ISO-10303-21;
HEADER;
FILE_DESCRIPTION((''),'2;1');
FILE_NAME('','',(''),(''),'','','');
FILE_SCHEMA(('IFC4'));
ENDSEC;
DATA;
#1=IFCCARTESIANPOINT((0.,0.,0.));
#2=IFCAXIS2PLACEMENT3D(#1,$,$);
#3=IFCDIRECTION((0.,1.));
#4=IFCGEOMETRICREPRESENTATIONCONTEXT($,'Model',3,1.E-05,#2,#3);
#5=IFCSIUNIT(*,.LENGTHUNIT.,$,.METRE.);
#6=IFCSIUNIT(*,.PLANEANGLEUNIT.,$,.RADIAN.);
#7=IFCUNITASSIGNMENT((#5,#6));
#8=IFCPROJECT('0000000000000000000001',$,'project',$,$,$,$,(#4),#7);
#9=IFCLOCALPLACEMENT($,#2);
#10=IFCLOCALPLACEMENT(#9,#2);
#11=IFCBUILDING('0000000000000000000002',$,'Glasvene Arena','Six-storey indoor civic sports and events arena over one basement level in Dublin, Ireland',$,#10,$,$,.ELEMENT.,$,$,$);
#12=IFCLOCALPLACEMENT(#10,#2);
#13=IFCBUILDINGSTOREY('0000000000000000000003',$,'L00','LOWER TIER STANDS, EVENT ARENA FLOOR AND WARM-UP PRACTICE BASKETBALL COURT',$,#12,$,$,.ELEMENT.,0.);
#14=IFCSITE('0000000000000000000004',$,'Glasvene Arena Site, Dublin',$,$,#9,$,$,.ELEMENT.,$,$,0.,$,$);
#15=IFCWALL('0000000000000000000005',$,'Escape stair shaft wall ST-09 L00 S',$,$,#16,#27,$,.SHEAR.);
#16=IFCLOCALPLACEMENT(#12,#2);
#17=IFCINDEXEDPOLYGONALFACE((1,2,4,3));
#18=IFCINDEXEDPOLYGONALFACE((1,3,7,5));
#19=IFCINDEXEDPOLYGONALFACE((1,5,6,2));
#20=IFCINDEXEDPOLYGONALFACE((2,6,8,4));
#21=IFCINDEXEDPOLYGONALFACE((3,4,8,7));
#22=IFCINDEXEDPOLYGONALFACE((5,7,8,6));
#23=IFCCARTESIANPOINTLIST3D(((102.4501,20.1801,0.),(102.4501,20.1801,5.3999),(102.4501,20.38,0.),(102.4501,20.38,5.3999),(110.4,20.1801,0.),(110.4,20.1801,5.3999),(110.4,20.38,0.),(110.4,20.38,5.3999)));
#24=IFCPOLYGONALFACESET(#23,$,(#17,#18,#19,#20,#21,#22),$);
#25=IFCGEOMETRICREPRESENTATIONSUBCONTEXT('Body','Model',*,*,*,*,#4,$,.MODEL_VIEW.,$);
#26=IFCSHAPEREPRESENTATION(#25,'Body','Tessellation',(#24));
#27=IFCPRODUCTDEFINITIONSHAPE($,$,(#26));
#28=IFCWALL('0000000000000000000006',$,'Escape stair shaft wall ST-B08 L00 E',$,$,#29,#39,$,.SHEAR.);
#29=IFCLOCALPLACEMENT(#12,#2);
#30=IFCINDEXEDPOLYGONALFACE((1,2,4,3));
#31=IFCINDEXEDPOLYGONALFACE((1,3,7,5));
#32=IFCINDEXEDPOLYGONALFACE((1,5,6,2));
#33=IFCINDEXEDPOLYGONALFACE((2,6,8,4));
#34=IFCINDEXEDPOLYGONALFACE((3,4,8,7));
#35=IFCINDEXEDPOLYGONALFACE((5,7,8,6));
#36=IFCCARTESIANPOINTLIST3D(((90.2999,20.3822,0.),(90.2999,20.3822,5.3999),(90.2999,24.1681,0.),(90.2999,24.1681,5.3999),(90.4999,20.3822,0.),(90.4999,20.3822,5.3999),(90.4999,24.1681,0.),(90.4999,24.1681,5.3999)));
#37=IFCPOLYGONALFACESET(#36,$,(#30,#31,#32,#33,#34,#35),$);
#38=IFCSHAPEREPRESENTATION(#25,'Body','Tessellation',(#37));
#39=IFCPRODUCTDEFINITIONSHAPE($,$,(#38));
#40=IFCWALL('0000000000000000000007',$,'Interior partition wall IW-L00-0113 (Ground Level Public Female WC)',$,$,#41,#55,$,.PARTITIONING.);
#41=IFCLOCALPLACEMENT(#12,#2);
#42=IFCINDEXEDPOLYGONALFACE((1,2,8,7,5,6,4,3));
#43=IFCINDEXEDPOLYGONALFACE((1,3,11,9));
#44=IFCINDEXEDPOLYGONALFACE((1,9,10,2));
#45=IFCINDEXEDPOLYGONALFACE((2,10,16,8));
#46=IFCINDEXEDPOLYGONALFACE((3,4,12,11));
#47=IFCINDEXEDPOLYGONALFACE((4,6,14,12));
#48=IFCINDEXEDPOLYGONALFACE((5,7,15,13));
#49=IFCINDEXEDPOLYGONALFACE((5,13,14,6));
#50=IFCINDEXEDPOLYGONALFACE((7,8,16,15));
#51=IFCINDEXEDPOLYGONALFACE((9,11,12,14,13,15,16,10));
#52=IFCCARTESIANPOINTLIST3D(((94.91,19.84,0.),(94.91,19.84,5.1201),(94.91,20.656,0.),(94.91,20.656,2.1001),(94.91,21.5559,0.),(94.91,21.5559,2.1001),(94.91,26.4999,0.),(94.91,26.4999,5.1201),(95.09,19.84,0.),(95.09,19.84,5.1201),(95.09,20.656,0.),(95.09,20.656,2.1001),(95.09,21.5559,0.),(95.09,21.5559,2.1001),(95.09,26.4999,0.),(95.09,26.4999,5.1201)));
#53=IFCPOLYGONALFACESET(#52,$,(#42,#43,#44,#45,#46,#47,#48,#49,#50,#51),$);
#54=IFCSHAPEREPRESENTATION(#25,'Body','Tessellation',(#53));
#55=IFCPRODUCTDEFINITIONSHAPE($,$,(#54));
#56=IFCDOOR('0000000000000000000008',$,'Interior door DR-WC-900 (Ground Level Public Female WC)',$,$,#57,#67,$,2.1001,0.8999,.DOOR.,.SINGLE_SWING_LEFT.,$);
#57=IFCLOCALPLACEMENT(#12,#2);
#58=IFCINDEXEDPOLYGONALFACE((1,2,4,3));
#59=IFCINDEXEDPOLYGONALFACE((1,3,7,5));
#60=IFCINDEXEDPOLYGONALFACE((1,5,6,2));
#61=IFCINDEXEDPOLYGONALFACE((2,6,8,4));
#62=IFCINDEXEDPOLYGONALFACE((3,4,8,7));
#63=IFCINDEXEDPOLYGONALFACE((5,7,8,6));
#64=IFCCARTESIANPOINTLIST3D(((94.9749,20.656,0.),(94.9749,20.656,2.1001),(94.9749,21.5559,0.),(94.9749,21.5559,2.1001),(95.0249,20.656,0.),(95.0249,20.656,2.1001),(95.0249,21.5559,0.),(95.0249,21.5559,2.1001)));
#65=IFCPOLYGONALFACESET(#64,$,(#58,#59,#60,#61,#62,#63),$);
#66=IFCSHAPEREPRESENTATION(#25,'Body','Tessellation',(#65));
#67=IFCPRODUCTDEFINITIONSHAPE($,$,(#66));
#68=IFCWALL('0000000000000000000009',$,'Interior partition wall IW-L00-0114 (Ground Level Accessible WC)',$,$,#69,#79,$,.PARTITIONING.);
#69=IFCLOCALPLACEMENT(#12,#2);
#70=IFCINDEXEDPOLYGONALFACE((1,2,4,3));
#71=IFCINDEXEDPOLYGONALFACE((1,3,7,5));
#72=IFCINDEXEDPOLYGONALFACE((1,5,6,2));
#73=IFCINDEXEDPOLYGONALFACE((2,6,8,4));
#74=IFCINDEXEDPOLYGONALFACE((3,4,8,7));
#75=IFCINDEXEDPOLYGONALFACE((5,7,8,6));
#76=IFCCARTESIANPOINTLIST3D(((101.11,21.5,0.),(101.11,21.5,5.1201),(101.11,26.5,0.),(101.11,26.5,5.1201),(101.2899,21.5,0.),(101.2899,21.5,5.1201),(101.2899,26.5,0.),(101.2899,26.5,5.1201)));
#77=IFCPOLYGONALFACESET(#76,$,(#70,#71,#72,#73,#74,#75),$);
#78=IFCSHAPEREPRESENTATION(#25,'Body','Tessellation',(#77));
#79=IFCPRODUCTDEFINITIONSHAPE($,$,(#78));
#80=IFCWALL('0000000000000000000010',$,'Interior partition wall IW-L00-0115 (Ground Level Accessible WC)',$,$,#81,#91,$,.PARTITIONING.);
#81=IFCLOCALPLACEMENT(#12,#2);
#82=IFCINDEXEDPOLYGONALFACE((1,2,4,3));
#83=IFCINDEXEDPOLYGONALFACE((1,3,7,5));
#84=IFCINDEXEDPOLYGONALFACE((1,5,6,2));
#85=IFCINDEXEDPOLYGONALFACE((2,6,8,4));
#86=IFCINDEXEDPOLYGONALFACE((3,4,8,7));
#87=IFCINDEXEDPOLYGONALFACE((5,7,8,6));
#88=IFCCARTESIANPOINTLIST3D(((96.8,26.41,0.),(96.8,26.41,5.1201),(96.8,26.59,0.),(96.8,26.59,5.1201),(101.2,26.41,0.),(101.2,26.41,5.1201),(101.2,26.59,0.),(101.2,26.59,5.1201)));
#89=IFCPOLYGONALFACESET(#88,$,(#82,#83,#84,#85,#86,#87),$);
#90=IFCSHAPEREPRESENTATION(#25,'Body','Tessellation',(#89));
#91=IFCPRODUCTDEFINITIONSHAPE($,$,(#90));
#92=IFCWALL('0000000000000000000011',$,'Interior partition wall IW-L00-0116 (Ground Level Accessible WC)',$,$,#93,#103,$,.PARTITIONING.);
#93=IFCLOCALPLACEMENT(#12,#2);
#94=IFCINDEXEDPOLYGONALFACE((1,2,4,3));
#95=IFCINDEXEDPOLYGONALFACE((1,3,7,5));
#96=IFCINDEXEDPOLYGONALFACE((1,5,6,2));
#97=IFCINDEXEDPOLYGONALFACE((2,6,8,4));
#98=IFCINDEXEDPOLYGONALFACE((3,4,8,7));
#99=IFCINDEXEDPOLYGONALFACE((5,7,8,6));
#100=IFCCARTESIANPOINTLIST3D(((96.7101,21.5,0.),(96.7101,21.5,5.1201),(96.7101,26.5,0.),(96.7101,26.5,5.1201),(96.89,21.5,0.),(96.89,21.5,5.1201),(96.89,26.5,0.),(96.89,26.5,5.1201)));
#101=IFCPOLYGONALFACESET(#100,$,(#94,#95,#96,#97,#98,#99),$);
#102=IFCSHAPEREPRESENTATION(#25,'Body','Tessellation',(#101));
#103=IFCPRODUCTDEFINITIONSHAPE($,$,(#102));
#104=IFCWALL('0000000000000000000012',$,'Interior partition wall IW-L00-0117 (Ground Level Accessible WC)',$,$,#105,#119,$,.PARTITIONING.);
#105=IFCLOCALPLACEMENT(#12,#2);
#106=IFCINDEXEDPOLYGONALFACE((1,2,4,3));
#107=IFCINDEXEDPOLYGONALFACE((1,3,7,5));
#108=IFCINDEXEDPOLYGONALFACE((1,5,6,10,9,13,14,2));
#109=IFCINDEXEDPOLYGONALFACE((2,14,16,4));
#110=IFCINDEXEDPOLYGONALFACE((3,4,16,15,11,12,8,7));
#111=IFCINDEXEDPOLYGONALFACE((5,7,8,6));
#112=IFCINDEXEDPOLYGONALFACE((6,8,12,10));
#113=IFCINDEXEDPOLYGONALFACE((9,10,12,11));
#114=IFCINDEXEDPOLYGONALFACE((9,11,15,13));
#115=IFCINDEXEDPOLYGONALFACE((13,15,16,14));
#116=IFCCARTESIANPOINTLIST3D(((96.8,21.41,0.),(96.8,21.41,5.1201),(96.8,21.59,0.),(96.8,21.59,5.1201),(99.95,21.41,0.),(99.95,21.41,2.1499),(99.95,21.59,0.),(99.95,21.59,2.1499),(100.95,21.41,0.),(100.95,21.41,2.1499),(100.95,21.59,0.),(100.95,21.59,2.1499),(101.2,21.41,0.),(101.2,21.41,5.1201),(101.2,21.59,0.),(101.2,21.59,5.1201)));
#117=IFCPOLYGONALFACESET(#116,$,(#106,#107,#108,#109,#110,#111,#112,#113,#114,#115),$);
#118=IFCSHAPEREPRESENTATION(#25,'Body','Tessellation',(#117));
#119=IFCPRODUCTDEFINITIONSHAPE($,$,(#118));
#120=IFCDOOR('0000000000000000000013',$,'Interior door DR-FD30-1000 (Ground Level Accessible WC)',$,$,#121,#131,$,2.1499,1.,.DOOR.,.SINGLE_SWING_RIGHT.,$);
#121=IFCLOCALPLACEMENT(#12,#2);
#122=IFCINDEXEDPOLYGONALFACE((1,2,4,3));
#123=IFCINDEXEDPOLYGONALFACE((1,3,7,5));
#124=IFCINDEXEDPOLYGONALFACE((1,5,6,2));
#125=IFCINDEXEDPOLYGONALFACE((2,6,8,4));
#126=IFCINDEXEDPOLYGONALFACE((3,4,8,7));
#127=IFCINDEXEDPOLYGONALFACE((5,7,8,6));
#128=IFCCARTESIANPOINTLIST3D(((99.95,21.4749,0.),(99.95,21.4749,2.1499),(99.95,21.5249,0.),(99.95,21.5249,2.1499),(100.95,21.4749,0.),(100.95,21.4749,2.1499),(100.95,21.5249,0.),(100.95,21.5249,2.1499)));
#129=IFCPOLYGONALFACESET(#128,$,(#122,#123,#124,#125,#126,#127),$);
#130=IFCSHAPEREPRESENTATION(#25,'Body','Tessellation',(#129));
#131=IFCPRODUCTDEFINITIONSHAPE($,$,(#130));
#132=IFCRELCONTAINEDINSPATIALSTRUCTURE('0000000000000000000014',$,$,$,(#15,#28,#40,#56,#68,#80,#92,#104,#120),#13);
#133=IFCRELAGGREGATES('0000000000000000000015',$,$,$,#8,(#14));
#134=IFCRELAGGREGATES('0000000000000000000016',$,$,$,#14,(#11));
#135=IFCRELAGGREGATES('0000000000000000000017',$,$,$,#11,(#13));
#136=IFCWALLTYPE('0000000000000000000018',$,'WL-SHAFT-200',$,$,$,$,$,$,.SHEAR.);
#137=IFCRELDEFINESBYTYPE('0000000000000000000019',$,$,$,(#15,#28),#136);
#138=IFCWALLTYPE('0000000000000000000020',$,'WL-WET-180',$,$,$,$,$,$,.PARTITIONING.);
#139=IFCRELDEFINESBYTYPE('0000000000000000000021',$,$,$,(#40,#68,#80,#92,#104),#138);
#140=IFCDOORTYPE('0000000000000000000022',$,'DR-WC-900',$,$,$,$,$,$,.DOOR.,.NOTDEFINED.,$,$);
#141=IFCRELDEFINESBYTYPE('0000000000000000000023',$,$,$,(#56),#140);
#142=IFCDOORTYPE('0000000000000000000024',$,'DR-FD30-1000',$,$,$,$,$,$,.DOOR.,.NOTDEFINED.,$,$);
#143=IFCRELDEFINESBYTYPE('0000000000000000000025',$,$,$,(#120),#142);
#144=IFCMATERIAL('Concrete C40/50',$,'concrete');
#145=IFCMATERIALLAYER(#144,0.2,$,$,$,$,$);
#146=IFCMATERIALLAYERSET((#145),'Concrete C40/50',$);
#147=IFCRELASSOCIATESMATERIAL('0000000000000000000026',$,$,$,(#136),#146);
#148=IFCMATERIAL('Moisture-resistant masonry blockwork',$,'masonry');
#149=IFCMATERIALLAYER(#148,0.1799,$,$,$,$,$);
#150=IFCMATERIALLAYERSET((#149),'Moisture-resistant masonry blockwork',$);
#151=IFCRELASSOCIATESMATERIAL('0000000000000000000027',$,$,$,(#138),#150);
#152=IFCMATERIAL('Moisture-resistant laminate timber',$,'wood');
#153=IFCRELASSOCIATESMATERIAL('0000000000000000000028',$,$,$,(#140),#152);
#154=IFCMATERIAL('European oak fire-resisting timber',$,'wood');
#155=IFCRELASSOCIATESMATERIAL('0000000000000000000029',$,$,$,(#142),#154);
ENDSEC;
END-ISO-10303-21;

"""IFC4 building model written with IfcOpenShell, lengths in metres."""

from ifc_helpers import new_model, si_unit, direction, frame, frame_2d, origin, place, context, subcontext, project, spatial, rectangle, extrude, material, layer, layer_set, type_object, element, fill, save


model = new_model("IFC4")

# Units and contexts
model_context = context("Model", 3, precision=1e-05, world=origin(), true_north=direction((0.0, 1.0)))
body_context = subcontext(model_context, "Body", "Model", "MODEL_VIEW")
ifc_project = project(units=[si_unit("LENGTHUNIT", "METRE"), si_unit("PLANEANGLEUNIT", "RADIAN")], contexts=[model_context])

# Site, building, storey
site_placement = place(None, origin())
site = spatial("IfcSite", under=ifc_project, at=site_placement, Name="Glasvene Arena Site, Dublin", CompositionType="ELEMENT", RefElevation=0.0)
building_placement = place(site_placement, origin())
building = spatial("IfcBuilding", under=site, at=building_placement, Name="Glasvene Arena", Description="Six-storey indoor civic sports and events arena over one basement level in Dublin, Ireland", CompositionType="ELEMENT")
storey_placement = place(building_placement, origin())
storey = spatial("IfcBuildingStorey", under=building, at=storey_placement, Name="L00", Description="LOWER TIER STANDS, EVENT ARENA FLOOR AND WARM-UP PRACTICE BASKETBALL COURT", CompositionType="ELEMENT", Elevation=0.0)

# Shared definitions
ifc_material_1 = material(Name="Concrete C40/50", Category="concrete")

# Walls
ifc_layer_1 = layer(ifc_material_1, 0.2)
ifc_layer_set_1 = layer_set([ifc_layer_1], Name="Concrete C40/50")
wall_type_1 = type_object("IfcWallType", Name="WL-SHAFT-200", PredefinedType="SHEAR", material=ifc_layer_set_1)
wall_1_placement = place(storey_placement, frame((102.45, 20.28, 0.0), z_axis=(0.0, 0.0, 1.0), x_axis=(1.0, 0.0, 0.0)))
element("IfcWall", 1, at=wall_1_placement, inside=storey, type_object=wall_type_1, Name="Escape stair shaft wall ST-09 L00 S", PredefinedType="SHEAR", context=body_context, shape_type="SweptSolid", body=[
    extrude(rectangle(XDim=7.95, YDim=0.2, at=frame_2d((3.9751, 0.0))), origin(), (0.0, 0.0, 1.0), 5.3999),
])
wall_2_placement = place(storey_placement, frame((90.3999, 20.3821, 0.0), z_axis=(0.0, 0.0, 1.0), x_axis=(0.0, 1.0, 0.0)))
element("IfcWall", 2, at=wall_2_placement, inside=storey, type_object=wall_type_1, Name="Escape stair shaft wall ST-B08 L00 E", PredefinedType="SHEAR", context=body_context, shape_type="SweptSolid", body=[
    extrude(rectangle(XDim=3.7859, YDim=0.2, at=frame_2d((1.8931, 0.0))), origin(), (0.0, 0.0, 1.0), 5.3999),
])

# Wall, opening, door
ifc_material_2 = material(Name="Moisture-resistant masonry blockwork", Category="masonry")
ifc_layer_2 = layer(ifc_material_2, 0.1799)
ifc_layer_set_2 = layer_set([ifc_layer_2], Name="Moisture-resistant masonry blockwork")
wall_type_2 = type_object("IfcWallType", Name="WL-WET-180", PredefinedType="PARTITIONING", material=ifc_layer_set_2)
wall_3_placement = place(storey_placement, frame((95.0, 26.5, 0.0), z_axis=(0.0, 0.0, 1.0), x_axis=(0.0, -1.0, 0.0)))
wall_3 = element("IfcWall", 3, at=wall_3_placement, inside=storey, type_object=wall_type_2, Name="Interior partition wall IW-L00-0113 (Ground Level Public Female WC)", PredefinedType="PARTITIONING", context=body_context, shape_type="SweptSolid", body=[
    extrude(rectangle(XDim=6.6599, YDim=0.1799, at=frame_2d((3.3301, 0.0))), origin(), (0.0, 0.0, 1.0), 5.1201),
])
opening_1_placement = place(wall_3_placement, frame((4.9441, 0.0, 0.0)))
opening_1 = element("IfcOpeningElement", 4, at=opening_1_placement, cuts=wall_3, PredefinedType="OPENING", context=body_context, shape_type="SweptSolid", body=[
    extrude(rectangle(XDim=0.8999, YDim=2.1001, at=frame_2d((0.45, 1.05))), frame((0.0, 0.1001, 0.0), z_axis=(0.0, -1.0, 0.0), x_axis=(1.0, 0.0, 0.0)), (0.0, 0.0, 1.0), 0.2),
])
ifc_material_3 = material(Name="Moisture-resistant laminate timber", Category="wood")
door_type_1 = type_object("IfcDoorType", Name="DR-WC-900", OperationType="NOTDEFINED", PredefinedType="DOOR", material=ifc_material_3)
door_1_placement = place(opening_1_placement, origin())
door_1 = element("IfcDoor", 5, at=door_1_placement, inside=storey, type_object=door_type_1, Name="Interior door DR-WC-900 (Ground Level Public Female WC)", OperationType="SINGLE_SWING_LEFT", OverallHeight=2.1001, OverallWidth=0.8999, PredefinedType="DOOR", context=body_context, shape_type="SweptSolid", body=[
    extrude(rectangle(XDim=0.8999, YDim=2.1001, at=frame_2d((0.45, 1.05))), frame((0.0, 0.0249, 0.0), z_axis=(0.0, -1.0, 0.0), x_axis=(1.0, 0.0, 0.0)), (0.0, 0.0, 1.0), 0.05),
])
fill(opening_1, door_1)

# Walls
wall_4_placement = place(storey_placement, frame((101.2, 21.5, 0.0), z_axis=(0.0, 0.0, 1.0), x_axis=(0.0, 1.0, 0.0)))
element("IfcWall", 6, at=wall_4_placement, inside=storey, type_object=wall_type_2, Name="Interior partition wall IW-L00-0114 (Ground Level Accessible WC)", PredefinedType="PARTITIONING", context=body_context, shape_type="SweptSolid", body=[
    extrude(rectangle(XDim=5.0, YDim=0.1799, at=frame_2d((2.5, 0.0))), origin(), (0.0, 0.0, 1.0), 5.1201),
])
wall_5_placement = place(storey_placement, frame((101.2, 26.5, 0.0), z_axis=(0.0, 0.0, 1.0), x_axis=(-1.0, 0.0, 0.0)))
element("IfcWall", 7, at=wall_5_placement, inside=storey, type_object=wall_type_2, Name="Interior partition wall IW-L00-0115 (Ground Level Accessible WC)", PredefinedType="PARTITIONING", context=body_context, shape_type="SweptSolid", body=[
    extrude(rectangle(XDim=4.3999, YDim=0.1799, at=frame_2d((2.2, 0.0))), origin(), (0.0, 0.0, 1.0), 5.1201),
])
wall_6_placement = place(storey_placement, frame((96.8, 26.5, 0.0), z_axis=(0.0, 0.0, 1.0), x_axis=(0.0, -1.0, 0.0)))
element("IfcWall", 8, at=wall_6_placement, inside=storey, type_object=wall_type_2, Name="Interior partition wall IW-L00-0116 (Ground Level Accessible WC)", PredefinedType="PARTITIONING", context=body_context, shape_type="SweptSolid", body=[
    extrude(rectangle(XDim=5.0, YDim=0.1799, at=frame_2d((2.5, 0.0))), origin(), (0.0, 0.0, 1.0), 5.1201),
])

# Wall, opening, door
wall_7_placement = place(storey_placement, frame((96.8, 21.5, 0.0), z_axis=(0.0, 0.0, 1.0), x_axis=(1.0, 0.0, 0.0)))
wall_7 = element("IfcWall", 9, at=wall_7_placement, inside=storey, type_object=wall_type_2, Name="Interior partition wall IW-L00-0117 (Ground Level Accessible WC)", PredefinedType="PARTITIONING", context=body_context, shape_type="SweptSolid", body=[
    extrude(rectangle(XDim=4.3999, YDim=0.1799, at=frame_2d((2.2, 0.0))), origin(), (0.0, 0.0, 1.0), 5.1201),
])
opening_2_placement = place(wall_7_placement, frame((3.1499, 0.0, 0.0)))
opening_2 = element("IfcOpeningElement", 10, at=opening_2_placement, cuts=wall_7, PredefinedType="OPENING", context=body_context, shape_type="SweptSolid", body=[
    extrude(rectangle(XDim=1.0, YDim=2.1499, at=frame_2d((0.5, 1.075))), frame((0.0, 0.1001, 0.0), z_axis=(0.0, -1.0, 0.0), x_axis=(1.0, 0.0, 0.0)), (0.0, 0.0, 1.0), 0.2),
])
ifc_material_4 = material(Name="European oak fire-resisting timber", Category="wood")
door_type_2 = type_object("IfcDoorType", Name="DR-FD30-1000", OperationType="NOTDEFINED", PredefinedType="DOOR", material=ifc_material_4)
door_2_placement = place(opening_2_placement, origin())
door_2 = element("IfcDoor", 11, at=door_2_placement, inside=storey, type_object=door_type_2, Name="Interior door DR-FD30-1000 (Ground Level Accessible WC)", OperationType="SINGLE_SWING_RIGHT", OverallHeight=2.1499, OverallWidth=1.0, PredefinedType="DOOR", context=body_context, shape_type="SweptSolid", body=[
    extrude(rectangle(XDim=1.0, YDim=2.1499, at=frame_2d((0.5, 1.075))), frame((0.0, 0.0249, 0.0), z_axis=(0.0, -1.0, 0.0), x_axis=(1.0, 0.0, 0.0)), (0.0, 0.0, 1.0), 0.05),
])
fill(opening_2, door_2)

save(model, "model.ifc")
